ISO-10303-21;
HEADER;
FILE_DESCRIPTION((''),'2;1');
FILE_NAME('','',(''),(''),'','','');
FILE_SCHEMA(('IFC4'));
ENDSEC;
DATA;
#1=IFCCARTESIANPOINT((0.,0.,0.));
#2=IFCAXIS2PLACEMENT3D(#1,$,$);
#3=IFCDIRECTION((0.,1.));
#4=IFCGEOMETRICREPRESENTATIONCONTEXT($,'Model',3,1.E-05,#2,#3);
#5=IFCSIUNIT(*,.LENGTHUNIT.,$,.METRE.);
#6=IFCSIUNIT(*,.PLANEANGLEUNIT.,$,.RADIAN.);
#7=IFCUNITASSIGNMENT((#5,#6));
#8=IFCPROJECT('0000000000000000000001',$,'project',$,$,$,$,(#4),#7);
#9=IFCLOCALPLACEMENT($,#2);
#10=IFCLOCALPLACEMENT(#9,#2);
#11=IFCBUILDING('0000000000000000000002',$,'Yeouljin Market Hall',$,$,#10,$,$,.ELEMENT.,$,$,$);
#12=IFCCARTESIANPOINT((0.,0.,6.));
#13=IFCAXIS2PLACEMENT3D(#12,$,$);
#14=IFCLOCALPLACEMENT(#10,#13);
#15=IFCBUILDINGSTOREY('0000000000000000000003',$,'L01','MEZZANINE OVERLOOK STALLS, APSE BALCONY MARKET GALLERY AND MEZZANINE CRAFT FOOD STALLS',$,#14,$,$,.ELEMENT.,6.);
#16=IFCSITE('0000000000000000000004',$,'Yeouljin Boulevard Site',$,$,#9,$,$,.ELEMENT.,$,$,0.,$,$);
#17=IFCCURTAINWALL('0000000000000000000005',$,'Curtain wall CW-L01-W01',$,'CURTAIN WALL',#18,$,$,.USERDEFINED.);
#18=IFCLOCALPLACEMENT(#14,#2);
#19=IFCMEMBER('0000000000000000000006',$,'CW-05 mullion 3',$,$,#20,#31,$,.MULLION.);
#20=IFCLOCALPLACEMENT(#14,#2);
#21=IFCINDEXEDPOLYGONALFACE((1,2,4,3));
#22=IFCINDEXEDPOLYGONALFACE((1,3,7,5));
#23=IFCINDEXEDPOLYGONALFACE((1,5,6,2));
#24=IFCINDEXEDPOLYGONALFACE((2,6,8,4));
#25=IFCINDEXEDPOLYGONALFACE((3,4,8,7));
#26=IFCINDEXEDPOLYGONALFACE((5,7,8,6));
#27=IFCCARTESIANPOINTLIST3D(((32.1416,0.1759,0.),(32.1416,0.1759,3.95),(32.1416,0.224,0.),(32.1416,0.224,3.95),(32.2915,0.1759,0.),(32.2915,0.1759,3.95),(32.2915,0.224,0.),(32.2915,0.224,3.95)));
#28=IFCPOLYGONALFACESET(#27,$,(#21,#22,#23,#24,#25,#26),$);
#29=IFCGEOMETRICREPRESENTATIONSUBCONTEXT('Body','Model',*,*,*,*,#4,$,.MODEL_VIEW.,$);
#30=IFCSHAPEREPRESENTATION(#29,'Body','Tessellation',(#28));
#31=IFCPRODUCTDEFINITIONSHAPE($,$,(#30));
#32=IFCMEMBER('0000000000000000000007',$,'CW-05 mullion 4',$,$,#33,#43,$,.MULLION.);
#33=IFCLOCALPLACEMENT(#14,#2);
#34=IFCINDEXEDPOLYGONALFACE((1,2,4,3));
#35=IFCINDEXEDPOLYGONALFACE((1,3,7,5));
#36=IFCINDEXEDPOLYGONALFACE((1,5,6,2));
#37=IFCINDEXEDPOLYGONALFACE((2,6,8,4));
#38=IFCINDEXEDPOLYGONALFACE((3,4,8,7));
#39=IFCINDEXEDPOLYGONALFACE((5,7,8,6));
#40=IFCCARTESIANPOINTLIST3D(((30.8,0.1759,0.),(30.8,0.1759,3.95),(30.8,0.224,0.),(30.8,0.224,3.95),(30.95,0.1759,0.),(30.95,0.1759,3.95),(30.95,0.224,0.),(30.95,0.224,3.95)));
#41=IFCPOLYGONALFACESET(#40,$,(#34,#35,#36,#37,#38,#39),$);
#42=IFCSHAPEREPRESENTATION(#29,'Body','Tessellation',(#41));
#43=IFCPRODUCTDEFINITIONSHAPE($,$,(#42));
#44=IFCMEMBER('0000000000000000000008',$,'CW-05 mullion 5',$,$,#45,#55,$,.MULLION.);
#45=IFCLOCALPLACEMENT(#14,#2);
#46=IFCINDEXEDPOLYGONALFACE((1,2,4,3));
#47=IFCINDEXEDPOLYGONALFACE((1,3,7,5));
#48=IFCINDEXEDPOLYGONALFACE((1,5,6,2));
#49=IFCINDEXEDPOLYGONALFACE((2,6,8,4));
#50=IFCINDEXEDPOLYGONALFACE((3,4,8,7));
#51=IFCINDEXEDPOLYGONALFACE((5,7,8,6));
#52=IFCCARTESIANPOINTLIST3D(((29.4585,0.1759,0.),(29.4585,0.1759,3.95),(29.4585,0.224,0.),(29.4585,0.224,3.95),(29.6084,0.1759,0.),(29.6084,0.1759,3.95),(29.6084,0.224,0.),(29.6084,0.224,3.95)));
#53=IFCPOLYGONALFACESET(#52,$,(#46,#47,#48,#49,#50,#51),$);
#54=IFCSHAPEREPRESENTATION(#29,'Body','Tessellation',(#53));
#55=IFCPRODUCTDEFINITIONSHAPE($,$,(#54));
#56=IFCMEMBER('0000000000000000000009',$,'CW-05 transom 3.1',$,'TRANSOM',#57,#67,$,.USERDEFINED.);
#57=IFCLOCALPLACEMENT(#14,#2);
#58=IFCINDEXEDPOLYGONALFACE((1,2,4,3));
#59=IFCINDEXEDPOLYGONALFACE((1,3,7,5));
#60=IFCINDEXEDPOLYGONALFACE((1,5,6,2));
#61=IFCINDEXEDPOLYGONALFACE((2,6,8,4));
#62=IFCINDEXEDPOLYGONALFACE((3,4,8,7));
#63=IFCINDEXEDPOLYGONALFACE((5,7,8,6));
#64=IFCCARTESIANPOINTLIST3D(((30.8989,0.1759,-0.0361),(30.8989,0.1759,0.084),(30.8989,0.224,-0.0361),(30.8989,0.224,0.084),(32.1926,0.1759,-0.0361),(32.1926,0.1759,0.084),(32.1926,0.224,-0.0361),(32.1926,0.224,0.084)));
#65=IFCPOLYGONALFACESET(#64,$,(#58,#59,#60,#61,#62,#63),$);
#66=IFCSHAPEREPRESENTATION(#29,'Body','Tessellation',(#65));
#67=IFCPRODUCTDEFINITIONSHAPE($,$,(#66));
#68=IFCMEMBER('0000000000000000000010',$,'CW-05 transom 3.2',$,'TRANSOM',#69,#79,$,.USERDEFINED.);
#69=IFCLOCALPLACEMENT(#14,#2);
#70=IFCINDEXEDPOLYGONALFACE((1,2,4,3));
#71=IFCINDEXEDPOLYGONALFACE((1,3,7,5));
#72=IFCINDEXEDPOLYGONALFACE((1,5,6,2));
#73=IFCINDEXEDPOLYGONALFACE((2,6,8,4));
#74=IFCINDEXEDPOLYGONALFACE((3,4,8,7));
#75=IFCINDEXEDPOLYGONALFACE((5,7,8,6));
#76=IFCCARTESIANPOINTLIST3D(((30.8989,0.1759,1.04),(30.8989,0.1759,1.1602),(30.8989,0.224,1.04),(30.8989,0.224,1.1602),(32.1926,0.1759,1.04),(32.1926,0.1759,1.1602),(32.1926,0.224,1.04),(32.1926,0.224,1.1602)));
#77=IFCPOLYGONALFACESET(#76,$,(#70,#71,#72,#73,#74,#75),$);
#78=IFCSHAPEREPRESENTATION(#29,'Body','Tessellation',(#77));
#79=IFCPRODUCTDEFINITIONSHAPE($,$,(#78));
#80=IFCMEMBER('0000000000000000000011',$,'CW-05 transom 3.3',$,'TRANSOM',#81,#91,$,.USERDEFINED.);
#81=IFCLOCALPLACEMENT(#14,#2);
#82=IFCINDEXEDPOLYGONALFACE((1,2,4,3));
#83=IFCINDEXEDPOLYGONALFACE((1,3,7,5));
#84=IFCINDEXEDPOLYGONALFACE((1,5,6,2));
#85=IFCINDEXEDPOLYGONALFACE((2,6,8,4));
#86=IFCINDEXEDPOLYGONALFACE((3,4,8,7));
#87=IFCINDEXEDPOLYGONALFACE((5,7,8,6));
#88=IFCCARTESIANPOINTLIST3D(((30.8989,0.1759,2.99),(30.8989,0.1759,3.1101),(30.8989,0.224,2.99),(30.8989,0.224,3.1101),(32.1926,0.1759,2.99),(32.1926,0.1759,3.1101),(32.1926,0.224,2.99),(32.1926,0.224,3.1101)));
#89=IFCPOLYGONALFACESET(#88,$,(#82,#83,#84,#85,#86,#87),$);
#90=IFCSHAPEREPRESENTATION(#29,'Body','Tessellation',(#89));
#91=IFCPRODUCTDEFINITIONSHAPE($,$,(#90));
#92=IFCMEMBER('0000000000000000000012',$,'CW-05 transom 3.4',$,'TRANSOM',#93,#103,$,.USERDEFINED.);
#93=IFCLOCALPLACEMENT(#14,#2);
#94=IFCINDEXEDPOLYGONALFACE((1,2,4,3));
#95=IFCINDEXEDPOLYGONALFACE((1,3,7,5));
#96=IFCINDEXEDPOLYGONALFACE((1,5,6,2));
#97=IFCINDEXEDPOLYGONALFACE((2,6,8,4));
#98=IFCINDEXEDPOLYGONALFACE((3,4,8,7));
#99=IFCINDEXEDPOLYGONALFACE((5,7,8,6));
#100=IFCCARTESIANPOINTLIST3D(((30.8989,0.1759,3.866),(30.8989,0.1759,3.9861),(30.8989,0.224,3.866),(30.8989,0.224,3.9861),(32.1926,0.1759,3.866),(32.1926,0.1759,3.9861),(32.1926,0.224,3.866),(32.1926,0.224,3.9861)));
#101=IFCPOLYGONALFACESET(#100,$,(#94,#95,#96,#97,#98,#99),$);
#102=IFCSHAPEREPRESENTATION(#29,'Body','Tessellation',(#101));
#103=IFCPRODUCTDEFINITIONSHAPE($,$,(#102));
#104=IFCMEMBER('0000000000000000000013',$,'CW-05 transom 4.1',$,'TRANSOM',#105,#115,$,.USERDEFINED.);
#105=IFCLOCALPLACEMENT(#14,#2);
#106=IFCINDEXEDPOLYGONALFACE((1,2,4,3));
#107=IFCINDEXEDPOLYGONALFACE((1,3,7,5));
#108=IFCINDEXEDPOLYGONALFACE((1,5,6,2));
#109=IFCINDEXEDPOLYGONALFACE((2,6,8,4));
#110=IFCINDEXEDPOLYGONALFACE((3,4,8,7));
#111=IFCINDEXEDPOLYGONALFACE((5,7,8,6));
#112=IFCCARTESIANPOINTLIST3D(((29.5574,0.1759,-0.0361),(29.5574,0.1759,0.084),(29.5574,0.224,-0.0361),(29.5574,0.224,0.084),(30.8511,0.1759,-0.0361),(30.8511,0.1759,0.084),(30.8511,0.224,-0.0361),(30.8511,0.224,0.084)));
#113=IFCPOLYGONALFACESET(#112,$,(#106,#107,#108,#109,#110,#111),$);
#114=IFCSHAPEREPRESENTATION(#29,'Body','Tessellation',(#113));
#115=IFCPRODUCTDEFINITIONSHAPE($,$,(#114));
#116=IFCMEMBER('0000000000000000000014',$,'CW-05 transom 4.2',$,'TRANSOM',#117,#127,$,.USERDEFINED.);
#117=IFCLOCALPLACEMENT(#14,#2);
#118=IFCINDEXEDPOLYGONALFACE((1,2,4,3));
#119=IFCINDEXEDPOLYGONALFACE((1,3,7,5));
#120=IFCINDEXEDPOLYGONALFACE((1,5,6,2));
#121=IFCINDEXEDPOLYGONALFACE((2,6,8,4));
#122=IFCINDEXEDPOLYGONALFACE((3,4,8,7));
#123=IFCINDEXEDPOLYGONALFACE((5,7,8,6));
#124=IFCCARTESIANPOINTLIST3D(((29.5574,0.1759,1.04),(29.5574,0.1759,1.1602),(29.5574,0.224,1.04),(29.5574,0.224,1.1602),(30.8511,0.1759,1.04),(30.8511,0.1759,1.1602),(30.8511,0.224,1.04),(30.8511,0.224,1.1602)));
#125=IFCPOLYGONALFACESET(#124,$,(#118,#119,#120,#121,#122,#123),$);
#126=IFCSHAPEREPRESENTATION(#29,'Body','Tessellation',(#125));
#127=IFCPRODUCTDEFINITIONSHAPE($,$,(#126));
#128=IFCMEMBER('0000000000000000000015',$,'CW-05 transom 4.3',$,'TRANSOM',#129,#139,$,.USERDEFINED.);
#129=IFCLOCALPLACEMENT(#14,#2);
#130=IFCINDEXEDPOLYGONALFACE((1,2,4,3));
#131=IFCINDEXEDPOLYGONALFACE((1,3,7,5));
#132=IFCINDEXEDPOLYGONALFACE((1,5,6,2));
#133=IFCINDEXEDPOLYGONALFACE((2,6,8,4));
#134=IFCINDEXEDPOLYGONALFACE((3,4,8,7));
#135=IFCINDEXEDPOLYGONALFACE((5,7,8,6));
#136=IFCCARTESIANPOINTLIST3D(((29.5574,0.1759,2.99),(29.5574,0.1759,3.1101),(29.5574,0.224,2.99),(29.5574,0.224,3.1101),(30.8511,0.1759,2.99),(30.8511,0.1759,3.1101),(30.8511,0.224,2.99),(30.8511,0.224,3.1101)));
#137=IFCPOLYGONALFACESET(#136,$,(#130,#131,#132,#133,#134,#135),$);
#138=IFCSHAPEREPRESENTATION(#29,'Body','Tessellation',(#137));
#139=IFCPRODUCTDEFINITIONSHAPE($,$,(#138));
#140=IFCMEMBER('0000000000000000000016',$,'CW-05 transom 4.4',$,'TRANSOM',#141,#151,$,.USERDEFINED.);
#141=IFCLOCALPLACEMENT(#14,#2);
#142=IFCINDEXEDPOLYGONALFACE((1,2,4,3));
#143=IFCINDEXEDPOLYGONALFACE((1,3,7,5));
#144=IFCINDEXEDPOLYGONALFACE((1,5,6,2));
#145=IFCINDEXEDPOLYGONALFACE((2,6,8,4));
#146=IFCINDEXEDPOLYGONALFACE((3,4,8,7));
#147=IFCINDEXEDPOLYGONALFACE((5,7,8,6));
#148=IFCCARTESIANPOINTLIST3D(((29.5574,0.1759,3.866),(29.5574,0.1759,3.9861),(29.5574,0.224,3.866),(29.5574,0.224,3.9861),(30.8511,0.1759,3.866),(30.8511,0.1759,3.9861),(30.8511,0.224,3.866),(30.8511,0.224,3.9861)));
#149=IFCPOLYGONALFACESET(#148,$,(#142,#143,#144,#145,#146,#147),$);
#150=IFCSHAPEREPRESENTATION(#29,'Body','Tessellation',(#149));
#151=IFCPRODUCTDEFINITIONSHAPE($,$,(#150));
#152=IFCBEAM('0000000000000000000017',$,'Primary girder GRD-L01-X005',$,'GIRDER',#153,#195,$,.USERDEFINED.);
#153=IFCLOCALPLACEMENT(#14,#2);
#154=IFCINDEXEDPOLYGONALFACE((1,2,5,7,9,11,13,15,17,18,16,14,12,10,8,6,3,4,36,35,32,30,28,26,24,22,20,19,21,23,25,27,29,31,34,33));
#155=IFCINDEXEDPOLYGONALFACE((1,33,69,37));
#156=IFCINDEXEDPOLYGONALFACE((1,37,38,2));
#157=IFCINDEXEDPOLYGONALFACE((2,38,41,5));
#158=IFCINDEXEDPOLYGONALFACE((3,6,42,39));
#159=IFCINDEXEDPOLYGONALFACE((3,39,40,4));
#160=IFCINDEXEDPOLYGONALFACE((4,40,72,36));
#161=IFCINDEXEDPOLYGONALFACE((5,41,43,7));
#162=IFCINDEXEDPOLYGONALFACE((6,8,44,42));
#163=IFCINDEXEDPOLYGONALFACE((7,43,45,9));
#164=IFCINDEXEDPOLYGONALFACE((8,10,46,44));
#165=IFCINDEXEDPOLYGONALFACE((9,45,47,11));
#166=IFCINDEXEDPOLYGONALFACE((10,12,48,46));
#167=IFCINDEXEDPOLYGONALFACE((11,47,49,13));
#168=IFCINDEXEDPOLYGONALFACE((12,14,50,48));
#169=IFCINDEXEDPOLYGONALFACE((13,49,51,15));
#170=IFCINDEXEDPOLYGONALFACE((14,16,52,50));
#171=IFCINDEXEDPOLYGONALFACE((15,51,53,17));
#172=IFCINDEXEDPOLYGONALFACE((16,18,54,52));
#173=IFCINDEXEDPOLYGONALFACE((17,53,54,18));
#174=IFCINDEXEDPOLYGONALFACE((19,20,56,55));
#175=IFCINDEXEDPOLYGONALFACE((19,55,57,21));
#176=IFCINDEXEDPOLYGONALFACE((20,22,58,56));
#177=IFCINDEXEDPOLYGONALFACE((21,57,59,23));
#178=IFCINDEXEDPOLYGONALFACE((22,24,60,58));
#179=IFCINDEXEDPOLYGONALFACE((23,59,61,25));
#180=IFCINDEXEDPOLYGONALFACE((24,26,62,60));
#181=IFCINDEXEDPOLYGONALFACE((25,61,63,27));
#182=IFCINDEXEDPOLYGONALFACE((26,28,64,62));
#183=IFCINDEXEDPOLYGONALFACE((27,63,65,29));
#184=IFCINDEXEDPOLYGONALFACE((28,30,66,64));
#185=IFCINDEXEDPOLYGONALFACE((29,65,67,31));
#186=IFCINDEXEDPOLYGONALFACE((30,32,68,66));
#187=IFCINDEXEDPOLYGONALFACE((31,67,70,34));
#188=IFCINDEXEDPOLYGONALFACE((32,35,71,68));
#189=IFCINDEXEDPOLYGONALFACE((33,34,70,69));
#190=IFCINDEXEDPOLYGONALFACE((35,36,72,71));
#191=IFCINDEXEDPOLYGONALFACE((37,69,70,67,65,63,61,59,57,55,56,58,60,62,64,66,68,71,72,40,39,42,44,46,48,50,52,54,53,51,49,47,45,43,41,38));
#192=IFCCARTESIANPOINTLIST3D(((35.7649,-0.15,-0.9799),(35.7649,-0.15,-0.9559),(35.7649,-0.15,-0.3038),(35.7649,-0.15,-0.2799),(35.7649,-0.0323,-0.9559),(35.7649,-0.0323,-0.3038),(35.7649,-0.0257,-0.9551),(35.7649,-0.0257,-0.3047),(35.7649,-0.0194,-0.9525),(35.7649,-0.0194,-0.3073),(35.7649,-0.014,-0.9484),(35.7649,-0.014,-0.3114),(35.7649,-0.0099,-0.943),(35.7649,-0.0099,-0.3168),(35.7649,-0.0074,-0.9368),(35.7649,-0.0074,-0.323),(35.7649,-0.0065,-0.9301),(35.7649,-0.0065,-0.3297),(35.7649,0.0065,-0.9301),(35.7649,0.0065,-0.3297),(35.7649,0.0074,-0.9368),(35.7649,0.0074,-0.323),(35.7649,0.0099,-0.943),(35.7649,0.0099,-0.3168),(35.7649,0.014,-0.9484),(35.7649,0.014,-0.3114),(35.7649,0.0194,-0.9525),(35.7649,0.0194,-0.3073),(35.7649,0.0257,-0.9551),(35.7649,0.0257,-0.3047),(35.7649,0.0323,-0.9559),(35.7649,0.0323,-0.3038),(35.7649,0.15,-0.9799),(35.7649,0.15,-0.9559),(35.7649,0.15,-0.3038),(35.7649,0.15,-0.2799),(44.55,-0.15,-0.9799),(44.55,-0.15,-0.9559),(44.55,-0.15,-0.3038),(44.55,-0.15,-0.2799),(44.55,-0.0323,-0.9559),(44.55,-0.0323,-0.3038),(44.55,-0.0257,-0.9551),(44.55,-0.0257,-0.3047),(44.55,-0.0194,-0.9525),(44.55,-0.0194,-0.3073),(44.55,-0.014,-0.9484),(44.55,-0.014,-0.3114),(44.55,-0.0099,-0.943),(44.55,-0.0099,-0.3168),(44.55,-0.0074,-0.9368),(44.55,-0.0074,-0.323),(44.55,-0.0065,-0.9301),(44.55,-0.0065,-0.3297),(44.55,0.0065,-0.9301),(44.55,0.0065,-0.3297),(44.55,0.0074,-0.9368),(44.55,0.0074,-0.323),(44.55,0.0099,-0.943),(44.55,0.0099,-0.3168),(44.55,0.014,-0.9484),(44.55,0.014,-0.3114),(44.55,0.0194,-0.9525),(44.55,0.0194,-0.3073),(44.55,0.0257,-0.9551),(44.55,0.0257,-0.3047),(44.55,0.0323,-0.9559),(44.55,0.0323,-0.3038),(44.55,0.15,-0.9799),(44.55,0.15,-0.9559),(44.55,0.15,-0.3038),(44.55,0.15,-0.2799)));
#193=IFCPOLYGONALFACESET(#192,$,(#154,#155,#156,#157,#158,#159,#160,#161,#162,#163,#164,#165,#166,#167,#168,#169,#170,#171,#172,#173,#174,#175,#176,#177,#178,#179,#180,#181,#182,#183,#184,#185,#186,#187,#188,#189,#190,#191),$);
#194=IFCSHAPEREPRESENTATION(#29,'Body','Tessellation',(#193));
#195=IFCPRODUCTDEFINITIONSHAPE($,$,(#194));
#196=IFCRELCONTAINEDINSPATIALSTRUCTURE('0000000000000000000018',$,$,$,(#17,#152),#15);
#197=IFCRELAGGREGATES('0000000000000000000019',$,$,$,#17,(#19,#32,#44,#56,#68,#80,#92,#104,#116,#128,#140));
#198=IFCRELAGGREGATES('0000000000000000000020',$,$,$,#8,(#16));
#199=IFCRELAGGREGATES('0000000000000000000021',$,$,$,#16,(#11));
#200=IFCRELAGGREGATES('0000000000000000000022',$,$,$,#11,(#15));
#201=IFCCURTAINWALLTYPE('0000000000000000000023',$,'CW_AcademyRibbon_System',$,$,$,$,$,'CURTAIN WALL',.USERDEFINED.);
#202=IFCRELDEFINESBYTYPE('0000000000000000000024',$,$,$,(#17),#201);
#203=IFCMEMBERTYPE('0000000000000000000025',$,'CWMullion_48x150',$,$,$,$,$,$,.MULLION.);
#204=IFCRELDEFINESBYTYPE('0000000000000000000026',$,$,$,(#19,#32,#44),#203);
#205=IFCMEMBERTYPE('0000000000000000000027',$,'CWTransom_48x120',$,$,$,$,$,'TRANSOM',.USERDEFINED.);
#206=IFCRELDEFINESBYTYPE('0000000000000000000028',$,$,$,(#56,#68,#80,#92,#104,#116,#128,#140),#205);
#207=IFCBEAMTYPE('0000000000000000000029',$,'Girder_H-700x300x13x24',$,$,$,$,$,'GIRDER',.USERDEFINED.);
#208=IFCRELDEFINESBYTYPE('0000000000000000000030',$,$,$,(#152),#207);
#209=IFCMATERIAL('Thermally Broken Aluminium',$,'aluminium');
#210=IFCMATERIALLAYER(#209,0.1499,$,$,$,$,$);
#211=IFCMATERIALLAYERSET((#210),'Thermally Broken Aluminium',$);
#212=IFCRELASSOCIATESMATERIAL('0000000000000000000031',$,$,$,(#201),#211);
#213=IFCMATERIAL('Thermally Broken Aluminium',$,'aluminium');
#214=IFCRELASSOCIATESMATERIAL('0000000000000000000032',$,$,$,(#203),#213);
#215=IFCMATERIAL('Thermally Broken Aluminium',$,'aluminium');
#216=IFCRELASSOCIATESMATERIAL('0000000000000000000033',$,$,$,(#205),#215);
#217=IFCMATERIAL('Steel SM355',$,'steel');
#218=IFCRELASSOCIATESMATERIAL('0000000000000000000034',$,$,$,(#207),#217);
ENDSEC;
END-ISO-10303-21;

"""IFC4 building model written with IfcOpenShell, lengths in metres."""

from ifc_helpers import new_model, si_unit, direction, frame, origin, origin_2d, place, context, subcontext, project, spatial, rectangle, i_section, extrude, material, layer, layer_set, material_profile, profile_set, type_object, element, aggregate, save


model = new_model("IFC4")

# Units and contexts
model_context = context("Model", 3, precision=1e-05, world=origin(), true_north=direction((0.0, 1.0)))
body_context = subcontext(model_context, "Body", "Model", "MODEL_VIEW")
ifc_project = project(units=[si_unit("LENGTHUNIT", "METRE"), si_unit("PLANEANGLEUNIT", "RADIAN")], contexts=[model_context])

# Site, building, storey
site_placement = place(None, origin())
site = spatial("IfcSite", under=ifc_project, at=site_placement, Name="Yeouljin Boulevard Site", CompositionType="ELEMENT", RefElevation=0.0)
building_placement = place(site_placement, origin())
building = spatial("IfcBuilding", under=site, at=building_placement, Name="Yeouljin Market Hall", CompositionType="ELEMENT")
storey_placement = place(building_placement, frame((0.0, 0.0, 6.0)))
storey = spatial("IfcBuildingStorey", under=building, at=storey_placement, Name="L01", Description="MEZZANINE OVERLOOK STALLS, APSE BALCONY MARKET GALLERY AND MEZZANINE CRAFT FOOD STALLS", CompositionType="ELEMENT", Elevation=6.0)

# Curtain wall, members
ifc_material_1 = material(Name="Thermally Broken Aluminium", Category="aluminium")
ifc_layer_1 = layer(ifc_material_1, 0.1499)
ifc_layer_set_1 = layer_set([ifc_layer_1], Name="Thermally Broken Aluminium")
curtain_wall_type = type_object("IfcCurtainWallType", Name="CW_AcademyRibbon_System", ElementType="CURTAIN WALL", PredefinedType="USERDEFINED", material=ifc_layer_set_1)
curtain_wall_placement = place(storey_placement, origin())
curtain_wall = element("IfcCurtainWall", 1, at=curtain_wall_placement, inside=storey, type_object=curtain_wall_type, Name="Curtain wall CW-L01-W01", ObjectType="CURTAIN WALL", PredefinedType="USERDEFINED")
ifc_material_2 = material(Name="Thermally Broken Aluminium", Category="aluminium")
ifc_material_profile_1 = material_profile(ifc_material_2, rectangle(XDim=0.0481, YDim=0.1499, at=origin_2d()), Name="CW-MULL-48x150")
ifc_profile_set_1 = profile_set([ifc_material_profile_1], Name="Thermally Broken Aluminium")
member_type_1 = type_object("IfcMemberType", Name="CWMullion_48x150", PredefinedType="MULLION", material=ifc_profile_set_1)
member_1_placement = place(storey_placement, frame((32.2166, 0.2, 0.0), z_axis=(0.0, 0.0, 1.0), x_axis=(0.0, -1.0, 0.0)))
member_1 = element("IfcMember", 2, at=member_1_placement, type_object=member_type_1, Name="CW-05 mullion 3", PredefinedType="MULLION", context=body_context, shape_type="SweptSolid", body=[
    extrude(rectangle(XDim=0.0481, YDim=0.1499, at=origin_2d()), origin(), (0.0, 0.0, 1.0), 3.95),
])
member_2_placement = place(storey_placement, frame((30.875, 0.2, 0.0), z_axis=(0.0, 0.0, 1.0), x_axis=(0.0, -1.0, 0.0)))
member_2 = element("IfcMember", 3, at=member_2_placement, type_object=member_type_1, Name="CW-05 mullion 4", PredefinedType="MULLION", context=body_context, shape_type="SweptSolid", body=[
    extrude(rectangle(XDim=0.0481, YDim=0.1499, at=origin_2d()), origin(), (0.0, 0.0, 1.0), 3.95),
])
member_3_placement = place(storey_placement, frame((29.5334, 0.2, 0.0), z_axis=(0.0, 0.0, 1.0), x_axis=(0.0, -1.0, 0.0)))
member_3 = element("IfcMember", 4, at=member_3_placement, type_object=member_type_1, Name="CW-05 mullion 5", PredefinedType="MULLION", context=body_context, shape_type="SweptSolid", body=[
    extrude(rectangle(XDim=0.0481, YDim=0.1499, at=origin_2d()), origin(), (0.0, 0.0, 1.0), 3.95),
])
ifc_material_3 = material(Name="Thermally Broken Aluminium", Category="aluminium")
ifc_material_profile_2 = material_profile(ifc_material_3, rectangle(XDim=0.0481, YDim=0.1201, at=origin_2d()), Name="CW-TRAN-48x120")
ifc_profile_set_2 = profile_set([ifc_material_profile_2], Name="Thermally Broken Aluminium")
member_type_2 = type_object("IfcMemberType", Name="CWTransom_48x120", ElementType="TRANSOM", PredefinedType="USERDEFINED", material=ifc_profile_set_2)
member_4_placement = place(storey_placement, frame((32.1926, 0.2, 0.0239), z_axis=(-1.0, 0.0, 0.0), x_axis=(0.0, -1.0, 0.0)))
member_4 = element("IfcMember", 5, at=member_4_placement, type_object=member_type_2, Name="CW-05 transom 3.1", ObjectType="TRANSOM", PredefinedType="USERDEFINED", context=body_context, shape_type="SweptSolid", body=[
    extrude(rectangle(XDim=0.0481, YDim=0.1201, at=origin_2d()), origin(), (0.0, 0.0, 1.0), 1.2937),
])
member_5_placement = place(storey_placement, frame((32.1926, 0.2, 1.1001), z_axis=(-1.0, 0.0, 0.0), x_axis=(0.0, -1.0, 0.0)))
member_5 = element("IfcMember", 6, at=member_5_placement, type_object=member_type_2, Name="CW-05 transom 3.2", ObjectType="TRANSOM", PredefinedType="USERDEFINED", context=body_context, shape_type="SweptSolid", body=[
    extrude(rectangle(XDim=0.0481, YDim=0.1201, at=origin_2d()), origin(), (0.0, 0.0, 1.0), 1.2937),
])
member_6_placement = place(storey_placement, frame((32.1926, 0.2, 3.05), z_axis=(-1.0, 0.0, 0.0), x_axis=(0.0, -1.0, 0.0)))
member_6 = element("IfcMember", 7, at=member_6_placement, type_object=member_type_2, Name="CW-05 transom 3.3", ObjectType="TRANSOM", PredefinedType="USERDEFINED", context=body_context, shape_type="SweptSolid", body=[
    extrude(rectangle(XDim=0.0481, YDim=0.1201, at=origin_2d()), origin(), (0.0, 0.0, 1.0), 1.2937),
])
member_7_placement = place(storey_placement, frame((32.1926, 0.2, 3.926), z_axis=(-1.0, 0.0, 0.0), x_axis=(0.0, -1.0, 0.0)))
member_7 = element("IfcMember", 8, at=member_7_placement, type_object=member_type_2, Name="CW-05 transom 3.4", ObjectType="TRANSOM", PredefinedType="USERDEFINED", context=body_context, shape_type="SweptSolid", body=[
    extrude(rectangle(XDim=0.0481, YDim=0.1201, at=origin_2d()), origin(), (0.0, 0.0, 1.0), 1.2937),
])
member_8_placement = place(storey_placement, frame((30.8511, 0.2, 0.0239), z_axis=(-1.0, 0.0, 0.0), x_axis=(0.0, -1.0, 0.0)))
member_8 = element("IfcMember", 9, at=member_8_placement, type_object=member_type_2, Name="CW-05 transom 4.1", ObjectType="TRANSOM", PredefinedType="USERDEFINED", context=body_context, shape_type="SweptSolid", body=[
    extrude(rectangle(XDim=0.0481, YDim=0.1201, at=origin_2d()), origin(), (0.0, 0.0, 1.0), 1.2937),
])
member_9_placement = place(storey_placement, frame((30.8511, 0.2, 1.1001), z_axis=(-1.0, 0.0, 0.0), x_axis=(0.0, -1.0, 0.0)))
member_9 = element("IfcMember", 10, at=member_9_placement, type_object=member_type_2, Name="CW-05 transom 4.2", ObjectType="TRANSOM", PredefinedType="USERDEFINED", context=body_context, shape_type="SweptSolid", body=[
    extrude(rectangle(XDim=0.0481, YDim=0.1201, at=origin_2d()), origin(), (0.0, 0.0, 1.0), 1.2937),
])
member_10_placement = place(storey_placement, frame((30.8511, 0.2, 3.05), z_axis=(-1.0, 0.0, 0.0), x_axis=(0.0, -1.0, 0.0)))
member_10 = element("IfcMember", 11, at=member_10_placement, type_object=member_type_2, Name="CW-05 transom 4.3", ObjectType="TRANSOM", PredefinedType="USERDEFINED", context=body_context, shape_type="SweptSolid", body=[
    extrude(rectangle(XDim=0.0481, YDim=0.1201, at=origin_2d()), origin(), (0.0, 0.0, 1.0), 1.2937),
])
member_11_placement = place(storey_placement, frame((30.8511, 0.2, 3.926), z_axis=(-1.0, 0.0, 0.0), x_axis=(0.0, -1.0, 0.0)))
member_11 = element("IfcMember", 12, at=member_11_placement, type_object=member_type_2, Name="CW-05 transom 4.4", ObjectType="TRANSOM", PredefinedType="USERDEFINED", context=body_context, shape_type="SweptSolid", body=[
    extrude(rectangle(XDim=0.0481, YDim=0.1201, at=origin_2d()), origin(), (0.0, 0.0, 1.0), 1.2937),
])

# Beam
ifc_material_4 = material(Name="Steel SM355", Category="steel")
ifc_material_profile_3 = material_profile(ifc_material_4, i_section(OverallWidth=0.3, OverallDepth=0.7, WebThickness=0.0129, FlangeThickness=0.0239, FilletRadius=0.0259, at=origin_2d()), Name="H-700x300x13x24")
ifc_profile_set_3 = profile_set([ifc_material_profile_3], Name="Steel SM355")
beam_type_1 = type_object("IfcBeamType", Name="Girder_H-700x300x13x24", ElementType="GIRDER", PredefinedType="USERDEFINED", material=ifc_profile_set_3)
beam_1_placement = place(storey_placement, frame((35.7649, 0.0, -0.6299), z_axis=(1.0, 0.0, 0.0), x_axis=(0.0, 1.0, 0.0)))
element("IfcBeam", 13, at=beam_1_placement, inside=storey, type_object=beam_type_1, Name="Primary girder GRD-L01-X005", ObjectType="GIRDER", PredefinedType="USERDEFINED", context=body_context, shape_type="SweptSolid", body=[
    extrude(i_section(OverallWidth=0.3, OverallDepth=0.7, WebThickness=0.0129, FlangeThickness=0.0239, FilletRadius=0.0259, at=origin_2d()), origin(), (0.0, 0.0, 1.0), 8.7852),
])

aggregate(curtain_wall, [member_1, member_2, member_3, member_4, member_5, member_6, member_7, member_8, member_9, member_10, member_11])

save(model, "model.ifc")
